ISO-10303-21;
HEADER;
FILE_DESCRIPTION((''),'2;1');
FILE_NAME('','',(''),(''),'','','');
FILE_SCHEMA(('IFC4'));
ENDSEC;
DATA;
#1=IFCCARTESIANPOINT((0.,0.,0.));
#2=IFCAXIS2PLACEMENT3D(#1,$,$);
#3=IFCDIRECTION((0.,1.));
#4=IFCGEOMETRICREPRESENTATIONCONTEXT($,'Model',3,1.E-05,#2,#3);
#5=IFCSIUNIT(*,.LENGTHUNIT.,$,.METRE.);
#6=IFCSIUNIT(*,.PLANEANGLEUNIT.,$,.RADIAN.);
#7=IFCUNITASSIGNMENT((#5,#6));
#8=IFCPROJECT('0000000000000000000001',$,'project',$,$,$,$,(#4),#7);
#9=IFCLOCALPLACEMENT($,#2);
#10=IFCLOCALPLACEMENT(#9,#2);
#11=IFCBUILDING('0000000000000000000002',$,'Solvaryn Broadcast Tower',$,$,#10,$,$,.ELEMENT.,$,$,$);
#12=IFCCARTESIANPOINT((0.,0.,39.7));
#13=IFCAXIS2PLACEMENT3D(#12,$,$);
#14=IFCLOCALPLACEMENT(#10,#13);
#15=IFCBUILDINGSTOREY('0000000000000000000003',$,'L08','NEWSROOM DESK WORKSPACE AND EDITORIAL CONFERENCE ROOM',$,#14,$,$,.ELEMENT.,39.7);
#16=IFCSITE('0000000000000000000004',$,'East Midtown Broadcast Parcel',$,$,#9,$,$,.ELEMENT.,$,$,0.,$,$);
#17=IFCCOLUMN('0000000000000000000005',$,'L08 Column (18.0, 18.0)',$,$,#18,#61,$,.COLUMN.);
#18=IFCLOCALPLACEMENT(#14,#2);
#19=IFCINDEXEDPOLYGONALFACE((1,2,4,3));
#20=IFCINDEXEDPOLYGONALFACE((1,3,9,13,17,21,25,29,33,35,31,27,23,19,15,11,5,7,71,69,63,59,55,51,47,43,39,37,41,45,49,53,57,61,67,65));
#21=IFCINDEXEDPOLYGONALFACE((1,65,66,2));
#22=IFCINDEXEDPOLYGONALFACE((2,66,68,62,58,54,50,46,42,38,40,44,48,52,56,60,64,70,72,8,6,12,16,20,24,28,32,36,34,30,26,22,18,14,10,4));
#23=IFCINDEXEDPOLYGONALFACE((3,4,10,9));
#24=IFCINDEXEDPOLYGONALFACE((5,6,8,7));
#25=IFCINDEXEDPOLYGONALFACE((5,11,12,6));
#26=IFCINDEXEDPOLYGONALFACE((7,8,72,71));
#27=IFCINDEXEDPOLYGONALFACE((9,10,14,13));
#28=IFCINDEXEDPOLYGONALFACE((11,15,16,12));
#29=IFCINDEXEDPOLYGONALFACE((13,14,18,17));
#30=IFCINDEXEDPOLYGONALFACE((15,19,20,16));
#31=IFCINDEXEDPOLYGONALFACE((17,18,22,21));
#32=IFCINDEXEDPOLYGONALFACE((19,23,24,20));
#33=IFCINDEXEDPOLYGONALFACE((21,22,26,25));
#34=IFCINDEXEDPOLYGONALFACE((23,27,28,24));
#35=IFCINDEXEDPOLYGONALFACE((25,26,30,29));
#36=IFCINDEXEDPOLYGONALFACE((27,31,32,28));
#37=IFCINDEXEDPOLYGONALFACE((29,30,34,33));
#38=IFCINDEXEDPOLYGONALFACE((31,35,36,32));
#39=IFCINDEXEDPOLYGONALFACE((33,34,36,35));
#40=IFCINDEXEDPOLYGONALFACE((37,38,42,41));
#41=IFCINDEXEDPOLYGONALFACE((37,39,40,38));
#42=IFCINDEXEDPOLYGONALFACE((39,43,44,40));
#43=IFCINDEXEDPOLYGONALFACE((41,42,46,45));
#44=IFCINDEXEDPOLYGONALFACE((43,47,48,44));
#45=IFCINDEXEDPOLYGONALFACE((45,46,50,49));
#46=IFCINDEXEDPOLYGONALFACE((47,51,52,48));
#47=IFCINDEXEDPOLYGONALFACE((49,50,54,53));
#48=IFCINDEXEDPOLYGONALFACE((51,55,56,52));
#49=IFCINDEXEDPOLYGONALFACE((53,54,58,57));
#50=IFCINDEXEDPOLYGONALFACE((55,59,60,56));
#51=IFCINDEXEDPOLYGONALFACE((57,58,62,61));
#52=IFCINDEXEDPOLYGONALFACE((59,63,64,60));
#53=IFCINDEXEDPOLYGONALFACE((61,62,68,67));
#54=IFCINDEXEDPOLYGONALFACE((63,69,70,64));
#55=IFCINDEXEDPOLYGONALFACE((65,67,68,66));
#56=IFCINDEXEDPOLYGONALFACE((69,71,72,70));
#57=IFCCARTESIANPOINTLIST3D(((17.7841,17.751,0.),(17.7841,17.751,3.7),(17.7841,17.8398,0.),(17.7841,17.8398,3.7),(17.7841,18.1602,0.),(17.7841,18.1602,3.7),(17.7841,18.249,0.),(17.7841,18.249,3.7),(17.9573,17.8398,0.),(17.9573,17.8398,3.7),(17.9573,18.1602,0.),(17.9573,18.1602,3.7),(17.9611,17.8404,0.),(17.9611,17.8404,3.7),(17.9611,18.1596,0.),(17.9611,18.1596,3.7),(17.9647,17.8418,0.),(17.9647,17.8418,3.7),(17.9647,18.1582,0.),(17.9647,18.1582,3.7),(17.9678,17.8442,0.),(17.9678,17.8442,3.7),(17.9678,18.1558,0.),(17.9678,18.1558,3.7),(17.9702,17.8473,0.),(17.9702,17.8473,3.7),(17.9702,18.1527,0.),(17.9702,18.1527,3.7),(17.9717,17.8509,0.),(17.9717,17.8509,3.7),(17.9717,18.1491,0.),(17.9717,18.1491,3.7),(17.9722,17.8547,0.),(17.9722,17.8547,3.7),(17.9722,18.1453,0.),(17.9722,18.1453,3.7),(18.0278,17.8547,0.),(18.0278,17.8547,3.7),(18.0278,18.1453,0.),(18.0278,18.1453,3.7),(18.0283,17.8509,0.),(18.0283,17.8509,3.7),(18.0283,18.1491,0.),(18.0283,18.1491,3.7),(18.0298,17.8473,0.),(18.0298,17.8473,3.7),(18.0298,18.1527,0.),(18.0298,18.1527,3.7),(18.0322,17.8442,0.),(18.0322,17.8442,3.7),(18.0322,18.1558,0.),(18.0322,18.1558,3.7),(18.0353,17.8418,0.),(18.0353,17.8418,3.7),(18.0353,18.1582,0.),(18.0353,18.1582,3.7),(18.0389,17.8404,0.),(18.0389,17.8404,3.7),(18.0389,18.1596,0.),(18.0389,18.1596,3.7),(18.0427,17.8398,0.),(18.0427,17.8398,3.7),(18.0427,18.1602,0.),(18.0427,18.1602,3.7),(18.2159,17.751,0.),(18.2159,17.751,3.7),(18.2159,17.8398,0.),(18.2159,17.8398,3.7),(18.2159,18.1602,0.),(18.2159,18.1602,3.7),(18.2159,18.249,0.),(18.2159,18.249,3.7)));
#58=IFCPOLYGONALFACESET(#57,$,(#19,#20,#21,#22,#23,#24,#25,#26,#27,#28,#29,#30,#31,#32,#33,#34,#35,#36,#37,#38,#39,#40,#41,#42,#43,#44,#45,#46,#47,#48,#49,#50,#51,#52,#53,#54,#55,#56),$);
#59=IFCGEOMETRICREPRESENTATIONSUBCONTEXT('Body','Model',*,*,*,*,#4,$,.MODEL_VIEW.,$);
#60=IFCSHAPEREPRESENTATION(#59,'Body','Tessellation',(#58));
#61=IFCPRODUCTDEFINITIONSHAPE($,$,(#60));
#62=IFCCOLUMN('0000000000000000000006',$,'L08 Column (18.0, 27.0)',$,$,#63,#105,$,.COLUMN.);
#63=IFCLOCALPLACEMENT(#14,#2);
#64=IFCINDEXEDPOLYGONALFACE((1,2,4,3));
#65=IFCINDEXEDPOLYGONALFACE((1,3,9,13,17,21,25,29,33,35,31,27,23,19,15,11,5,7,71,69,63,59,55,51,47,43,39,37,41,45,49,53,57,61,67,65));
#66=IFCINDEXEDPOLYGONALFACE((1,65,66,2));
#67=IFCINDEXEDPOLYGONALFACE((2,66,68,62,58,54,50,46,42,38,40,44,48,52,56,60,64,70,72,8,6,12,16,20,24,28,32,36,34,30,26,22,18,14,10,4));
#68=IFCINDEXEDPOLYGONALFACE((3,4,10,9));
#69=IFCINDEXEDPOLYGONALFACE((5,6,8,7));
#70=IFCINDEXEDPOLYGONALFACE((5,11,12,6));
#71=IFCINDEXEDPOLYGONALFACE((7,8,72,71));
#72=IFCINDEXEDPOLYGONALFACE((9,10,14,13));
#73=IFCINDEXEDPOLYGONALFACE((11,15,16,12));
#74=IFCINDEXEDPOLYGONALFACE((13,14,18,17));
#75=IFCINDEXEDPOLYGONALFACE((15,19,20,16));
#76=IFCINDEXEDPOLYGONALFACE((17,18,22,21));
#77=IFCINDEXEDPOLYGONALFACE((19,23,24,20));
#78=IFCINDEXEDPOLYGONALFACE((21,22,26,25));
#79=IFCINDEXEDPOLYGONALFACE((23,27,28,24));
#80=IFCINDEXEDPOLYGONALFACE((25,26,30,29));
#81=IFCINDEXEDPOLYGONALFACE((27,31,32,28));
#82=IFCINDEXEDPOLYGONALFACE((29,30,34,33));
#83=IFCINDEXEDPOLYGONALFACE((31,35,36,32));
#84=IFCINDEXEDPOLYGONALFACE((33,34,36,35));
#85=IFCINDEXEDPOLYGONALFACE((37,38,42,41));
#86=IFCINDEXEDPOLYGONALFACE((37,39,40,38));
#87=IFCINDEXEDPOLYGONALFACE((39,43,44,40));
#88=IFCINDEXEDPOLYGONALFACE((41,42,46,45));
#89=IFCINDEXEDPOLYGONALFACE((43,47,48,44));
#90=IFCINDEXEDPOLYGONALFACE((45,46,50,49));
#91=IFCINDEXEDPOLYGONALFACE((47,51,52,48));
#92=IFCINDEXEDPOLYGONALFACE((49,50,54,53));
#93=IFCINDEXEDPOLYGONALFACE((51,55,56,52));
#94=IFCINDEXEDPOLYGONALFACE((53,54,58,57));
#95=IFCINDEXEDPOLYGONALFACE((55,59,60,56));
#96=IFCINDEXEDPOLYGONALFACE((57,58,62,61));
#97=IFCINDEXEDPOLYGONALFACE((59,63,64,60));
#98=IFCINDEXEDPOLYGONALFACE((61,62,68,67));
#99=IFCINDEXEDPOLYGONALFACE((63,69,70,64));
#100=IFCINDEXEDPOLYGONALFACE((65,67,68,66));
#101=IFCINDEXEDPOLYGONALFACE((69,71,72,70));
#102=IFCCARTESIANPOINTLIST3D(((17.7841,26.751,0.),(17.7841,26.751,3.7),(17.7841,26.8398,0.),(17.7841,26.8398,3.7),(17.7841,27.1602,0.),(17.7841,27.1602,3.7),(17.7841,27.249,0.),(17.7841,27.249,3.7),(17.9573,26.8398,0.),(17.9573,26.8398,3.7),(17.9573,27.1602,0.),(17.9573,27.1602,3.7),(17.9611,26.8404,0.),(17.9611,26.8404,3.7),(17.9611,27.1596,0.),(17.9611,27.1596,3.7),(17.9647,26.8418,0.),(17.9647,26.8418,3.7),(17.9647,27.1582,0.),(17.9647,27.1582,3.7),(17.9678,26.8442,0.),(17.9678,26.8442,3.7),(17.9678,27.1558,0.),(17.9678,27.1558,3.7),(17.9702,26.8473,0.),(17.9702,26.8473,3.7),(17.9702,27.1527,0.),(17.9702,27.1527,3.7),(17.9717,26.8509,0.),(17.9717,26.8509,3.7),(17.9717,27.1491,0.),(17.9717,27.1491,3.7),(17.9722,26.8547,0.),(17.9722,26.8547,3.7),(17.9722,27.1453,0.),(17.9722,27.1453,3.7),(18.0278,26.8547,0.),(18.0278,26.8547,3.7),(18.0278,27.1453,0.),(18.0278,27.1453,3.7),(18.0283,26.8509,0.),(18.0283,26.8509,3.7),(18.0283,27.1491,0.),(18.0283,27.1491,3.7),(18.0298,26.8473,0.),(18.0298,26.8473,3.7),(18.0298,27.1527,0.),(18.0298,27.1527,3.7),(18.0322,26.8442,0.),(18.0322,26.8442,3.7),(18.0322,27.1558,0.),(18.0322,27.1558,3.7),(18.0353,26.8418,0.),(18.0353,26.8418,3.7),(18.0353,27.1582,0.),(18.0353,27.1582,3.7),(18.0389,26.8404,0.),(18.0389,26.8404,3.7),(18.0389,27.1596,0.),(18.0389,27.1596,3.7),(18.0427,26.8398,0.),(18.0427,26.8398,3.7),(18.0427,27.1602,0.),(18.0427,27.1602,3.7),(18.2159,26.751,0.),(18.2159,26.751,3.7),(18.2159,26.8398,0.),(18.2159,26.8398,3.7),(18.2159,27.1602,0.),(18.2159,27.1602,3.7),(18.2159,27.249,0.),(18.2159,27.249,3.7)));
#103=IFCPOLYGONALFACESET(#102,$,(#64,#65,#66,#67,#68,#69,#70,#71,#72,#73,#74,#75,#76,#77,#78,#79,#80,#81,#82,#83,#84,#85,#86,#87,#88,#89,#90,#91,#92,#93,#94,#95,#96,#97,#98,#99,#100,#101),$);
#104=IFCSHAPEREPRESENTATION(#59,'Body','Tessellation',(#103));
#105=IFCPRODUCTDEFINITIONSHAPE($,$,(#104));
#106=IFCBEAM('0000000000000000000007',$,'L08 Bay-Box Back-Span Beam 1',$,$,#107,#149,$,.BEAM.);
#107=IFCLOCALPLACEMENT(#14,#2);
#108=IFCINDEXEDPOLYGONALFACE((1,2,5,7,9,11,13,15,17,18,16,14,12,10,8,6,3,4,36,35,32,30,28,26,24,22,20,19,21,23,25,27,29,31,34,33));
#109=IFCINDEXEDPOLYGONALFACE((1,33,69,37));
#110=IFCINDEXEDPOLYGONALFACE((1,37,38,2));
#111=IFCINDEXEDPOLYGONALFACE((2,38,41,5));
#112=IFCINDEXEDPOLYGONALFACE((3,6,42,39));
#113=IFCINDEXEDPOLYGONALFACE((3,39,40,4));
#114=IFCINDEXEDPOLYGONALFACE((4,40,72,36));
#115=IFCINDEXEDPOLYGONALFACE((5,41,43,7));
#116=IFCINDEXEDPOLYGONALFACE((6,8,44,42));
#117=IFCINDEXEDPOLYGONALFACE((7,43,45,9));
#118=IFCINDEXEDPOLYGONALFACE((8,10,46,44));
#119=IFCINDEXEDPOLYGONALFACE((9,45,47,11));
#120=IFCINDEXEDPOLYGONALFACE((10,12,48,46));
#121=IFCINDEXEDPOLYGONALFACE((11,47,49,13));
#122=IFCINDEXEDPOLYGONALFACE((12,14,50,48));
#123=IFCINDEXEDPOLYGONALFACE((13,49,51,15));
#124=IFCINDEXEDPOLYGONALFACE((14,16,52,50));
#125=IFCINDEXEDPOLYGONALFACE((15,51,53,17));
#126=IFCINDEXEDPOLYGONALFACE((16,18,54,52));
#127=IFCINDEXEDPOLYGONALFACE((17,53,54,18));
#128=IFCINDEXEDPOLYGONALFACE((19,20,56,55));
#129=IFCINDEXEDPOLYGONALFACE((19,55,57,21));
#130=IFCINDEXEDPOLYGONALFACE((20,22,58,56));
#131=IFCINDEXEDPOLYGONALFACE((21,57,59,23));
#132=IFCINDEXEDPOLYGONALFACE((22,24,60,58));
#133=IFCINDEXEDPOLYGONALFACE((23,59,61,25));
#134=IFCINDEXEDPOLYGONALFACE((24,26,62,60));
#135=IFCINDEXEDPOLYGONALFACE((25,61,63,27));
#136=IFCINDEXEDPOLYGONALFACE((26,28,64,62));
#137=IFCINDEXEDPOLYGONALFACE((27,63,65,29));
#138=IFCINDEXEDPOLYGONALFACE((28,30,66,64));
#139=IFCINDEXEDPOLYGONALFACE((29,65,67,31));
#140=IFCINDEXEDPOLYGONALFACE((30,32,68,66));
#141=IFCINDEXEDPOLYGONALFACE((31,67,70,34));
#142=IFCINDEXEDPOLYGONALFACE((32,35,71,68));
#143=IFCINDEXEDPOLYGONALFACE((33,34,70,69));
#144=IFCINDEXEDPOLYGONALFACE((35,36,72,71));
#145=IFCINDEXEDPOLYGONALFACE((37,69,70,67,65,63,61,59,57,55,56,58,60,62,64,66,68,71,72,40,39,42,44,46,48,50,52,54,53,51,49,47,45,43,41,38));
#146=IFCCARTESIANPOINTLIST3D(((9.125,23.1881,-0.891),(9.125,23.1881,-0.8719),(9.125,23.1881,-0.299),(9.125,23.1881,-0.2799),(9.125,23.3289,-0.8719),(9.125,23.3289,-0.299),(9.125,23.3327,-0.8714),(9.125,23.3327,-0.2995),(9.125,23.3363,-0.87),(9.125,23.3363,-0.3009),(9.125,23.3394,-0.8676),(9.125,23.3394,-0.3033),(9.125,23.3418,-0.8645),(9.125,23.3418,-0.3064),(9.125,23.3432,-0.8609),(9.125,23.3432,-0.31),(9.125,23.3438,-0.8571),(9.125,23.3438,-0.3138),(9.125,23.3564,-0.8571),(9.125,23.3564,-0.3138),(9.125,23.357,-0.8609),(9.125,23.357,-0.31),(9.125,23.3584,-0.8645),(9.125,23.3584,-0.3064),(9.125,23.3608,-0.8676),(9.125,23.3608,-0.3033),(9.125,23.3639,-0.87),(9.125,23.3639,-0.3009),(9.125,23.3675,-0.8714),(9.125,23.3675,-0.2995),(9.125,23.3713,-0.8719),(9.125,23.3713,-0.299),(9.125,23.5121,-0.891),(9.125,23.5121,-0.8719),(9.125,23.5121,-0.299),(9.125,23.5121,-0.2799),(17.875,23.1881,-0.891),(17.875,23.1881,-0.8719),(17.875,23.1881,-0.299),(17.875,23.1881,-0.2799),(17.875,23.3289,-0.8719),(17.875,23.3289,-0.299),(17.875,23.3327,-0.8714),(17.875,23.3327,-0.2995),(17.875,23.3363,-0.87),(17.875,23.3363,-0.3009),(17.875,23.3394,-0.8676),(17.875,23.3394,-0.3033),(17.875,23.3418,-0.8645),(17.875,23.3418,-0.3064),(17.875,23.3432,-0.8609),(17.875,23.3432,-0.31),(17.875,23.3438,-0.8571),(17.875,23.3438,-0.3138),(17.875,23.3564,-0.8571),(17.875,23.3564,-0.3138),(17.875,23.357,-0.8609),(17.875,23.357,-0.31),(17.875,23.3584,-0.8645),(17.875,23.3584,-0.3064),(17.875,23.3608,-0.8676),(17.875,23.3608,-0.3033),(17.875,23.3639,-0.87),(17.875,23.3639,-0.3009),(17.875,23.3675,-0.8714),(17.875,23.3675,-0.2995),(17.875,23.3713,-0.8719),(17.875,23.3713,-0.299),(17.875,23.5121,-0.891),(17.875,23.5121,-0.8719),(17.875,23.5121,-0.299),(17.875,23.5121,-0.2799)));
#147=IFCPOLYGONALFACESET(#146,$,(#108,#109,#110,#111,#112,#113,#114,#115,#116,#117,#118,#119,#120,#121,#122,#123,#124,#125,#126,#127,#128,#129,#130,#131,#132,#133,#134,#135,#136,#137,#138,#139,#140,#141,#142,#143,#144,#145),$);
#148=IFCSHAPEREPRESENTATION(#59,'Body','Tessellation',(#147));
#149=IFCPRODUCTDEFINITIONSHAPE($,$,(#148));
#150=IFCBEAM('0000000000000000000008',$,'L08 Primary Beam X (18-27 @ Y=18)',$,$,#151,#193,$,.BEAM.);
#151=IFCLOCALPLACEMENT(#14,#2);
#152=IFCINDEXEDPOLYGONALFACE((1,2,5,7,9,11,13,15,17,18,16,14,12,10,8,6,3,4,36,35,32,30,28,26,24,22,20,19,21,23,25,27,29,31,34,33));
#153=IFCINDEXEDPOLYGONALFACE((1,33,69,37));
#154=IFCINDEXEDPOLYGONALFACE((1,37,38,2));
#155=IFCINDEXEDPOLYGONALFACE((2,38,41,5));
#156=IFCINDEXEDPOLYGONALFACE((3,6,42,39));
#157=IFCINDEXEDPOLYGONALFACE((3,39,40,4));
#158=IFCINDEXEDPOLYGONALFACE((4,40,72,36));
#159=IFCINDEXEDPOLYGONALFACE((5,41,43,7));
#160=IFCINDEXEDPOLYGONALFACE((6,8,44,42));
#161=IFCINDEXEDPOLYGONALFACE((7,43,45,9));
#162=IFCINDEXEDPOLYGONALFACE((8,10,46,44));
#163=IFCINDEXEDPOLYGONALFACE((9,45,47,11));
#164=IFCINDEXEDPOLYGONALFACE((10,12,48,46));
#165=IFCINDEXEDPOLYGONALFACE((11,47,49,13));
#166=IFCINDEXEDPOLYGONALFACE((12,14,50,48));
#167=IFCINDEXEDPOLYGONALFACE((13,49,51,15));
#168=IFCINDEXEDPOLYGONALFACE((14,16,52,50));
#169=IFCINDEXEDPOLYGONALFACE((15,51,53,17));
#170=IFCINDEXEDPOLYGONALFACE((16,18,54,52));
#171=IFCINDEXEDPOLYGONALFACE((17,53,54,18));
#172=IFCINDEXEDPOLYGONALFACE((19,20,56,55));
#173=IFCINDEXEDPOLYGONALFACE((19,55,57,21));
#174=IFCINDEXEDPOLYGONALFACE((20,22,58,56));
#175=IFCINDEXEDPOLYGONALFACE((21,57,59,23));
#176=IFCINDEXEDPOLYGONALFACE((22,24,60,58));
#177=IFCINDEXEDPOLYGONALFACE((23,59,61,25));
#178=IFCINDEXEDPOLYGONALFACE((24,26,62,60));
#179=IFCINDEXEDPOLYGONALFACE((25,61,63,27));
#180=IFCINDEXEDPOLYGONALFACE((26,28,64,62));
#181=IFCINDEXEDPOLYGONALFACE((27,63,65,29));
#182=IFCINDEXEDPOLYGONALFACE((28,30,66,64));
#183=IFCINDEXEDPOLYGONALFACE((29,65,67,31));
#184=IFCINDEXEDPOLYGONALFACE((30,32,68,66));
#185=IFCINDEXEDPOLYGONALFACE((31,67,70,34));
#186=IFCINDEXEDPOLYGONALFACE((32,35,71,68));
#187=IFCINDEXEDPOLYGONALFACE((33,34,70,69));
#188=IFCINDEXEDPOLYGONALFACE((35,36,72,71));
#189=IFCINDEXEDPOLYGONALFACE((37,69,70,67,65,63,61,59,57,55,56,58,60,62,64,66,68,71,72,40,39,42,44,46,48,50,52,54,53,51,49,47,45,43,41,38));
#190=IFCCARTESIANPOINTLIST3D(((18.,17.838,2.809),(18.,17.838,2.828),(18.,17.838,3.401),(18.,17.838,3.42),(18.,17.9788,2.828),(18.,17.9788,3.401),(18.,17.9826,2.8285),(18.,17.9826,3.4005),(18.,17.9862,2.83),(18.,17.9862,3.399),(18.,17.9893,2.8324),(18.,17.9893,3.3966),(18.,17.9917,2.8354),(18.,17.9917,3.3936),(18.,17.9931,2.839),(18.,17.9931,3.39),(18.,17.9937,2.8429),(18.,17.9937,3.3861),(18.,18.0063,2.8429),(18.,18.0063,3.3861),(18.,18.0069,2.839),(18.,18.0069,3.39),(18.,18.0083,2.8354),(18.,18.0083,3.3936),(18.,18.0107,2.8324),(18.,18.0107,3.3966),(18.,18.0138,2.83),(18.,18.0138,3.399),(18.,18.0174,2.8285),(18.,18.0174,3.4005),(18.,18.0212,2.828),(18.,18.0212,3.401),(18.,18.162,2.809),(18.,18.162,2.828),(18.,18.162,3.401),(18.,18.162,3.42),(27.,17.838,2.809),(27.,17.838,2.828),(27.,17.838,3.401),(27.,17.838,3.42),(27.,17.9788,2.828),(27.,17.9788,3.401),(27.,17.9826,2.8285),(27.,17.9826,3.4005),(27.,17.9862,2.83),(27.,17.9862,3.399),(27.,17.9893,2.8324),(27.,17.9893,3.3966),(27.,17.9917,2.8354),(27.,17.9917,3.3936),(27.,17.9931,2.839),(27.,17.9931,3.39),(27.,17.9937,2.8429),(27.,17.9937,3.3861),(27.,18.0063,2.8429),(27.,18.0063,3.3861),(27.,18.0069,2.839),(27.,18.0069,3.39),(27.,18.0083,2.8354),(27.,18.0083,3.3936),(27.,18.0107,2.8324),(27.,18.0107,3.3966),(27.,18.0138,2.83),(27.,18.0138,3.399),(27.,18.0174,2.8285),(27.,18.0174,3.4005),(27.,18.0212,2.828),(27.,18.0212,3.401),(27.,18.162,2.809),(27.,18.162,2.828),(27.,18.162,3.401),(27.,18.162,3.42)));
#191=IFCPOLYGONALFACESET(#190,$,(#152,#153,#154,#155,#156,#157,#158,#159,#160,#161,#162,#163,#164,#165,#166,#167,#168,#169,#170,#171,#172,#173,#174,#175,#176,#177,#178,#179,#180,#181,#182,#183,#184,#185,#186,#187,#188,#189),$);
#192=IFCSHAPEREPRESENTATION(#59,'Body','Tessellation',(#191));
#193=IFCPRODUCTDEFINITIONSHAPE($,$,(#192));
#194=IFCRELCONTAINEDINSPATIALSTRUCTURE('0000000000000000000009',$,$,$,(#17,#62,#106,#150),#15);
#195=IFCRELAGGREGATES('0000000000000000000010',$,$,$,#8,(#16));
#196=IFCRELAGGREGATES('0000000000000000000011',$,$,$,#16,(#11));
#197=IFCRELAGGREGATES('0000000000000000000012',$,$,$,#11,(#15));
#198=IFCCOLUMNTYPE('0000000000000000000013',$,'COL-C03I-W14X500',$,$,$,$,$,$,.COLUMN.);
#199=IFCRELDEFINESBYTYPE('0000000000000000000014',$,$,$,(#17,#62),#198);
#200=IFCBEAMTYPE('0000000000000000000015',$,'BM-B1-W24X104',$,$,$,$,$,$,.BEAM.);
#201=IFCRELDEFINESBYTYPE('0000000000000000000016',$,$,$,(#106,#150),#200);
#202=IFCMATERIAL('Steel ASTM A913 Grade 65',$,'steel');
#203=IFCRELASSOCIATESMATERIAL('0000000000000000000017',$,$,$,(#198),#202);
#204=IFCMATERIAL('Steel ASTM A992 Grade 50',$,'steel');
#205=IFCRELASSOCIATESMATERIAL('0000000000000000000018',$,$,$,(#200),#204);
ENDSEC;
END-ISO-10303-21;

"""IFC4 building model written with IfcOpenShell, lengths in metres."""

from ifc_helpers import new_model, si_unit, direction, frame, origin, origin_2d, place, context, subcontext, project, spatial, i_section, extrude, material, material_profile, profile_set, type_object, element, save


model = new_model("IFC4")

# Units and contexts
model_context = context("Model", 3, precision=1e-05, world=origin(), true_north=direction((0.0, 1.0)))
body_context = subcontext(model_context, "Body", "Model", "MODEL_VIEW")
ifc_project = project(units=[si_unit("LENGTHUNIT", "METRE"), si_unit("PLANEANGLEUNIT", "RADIAN")], contexts=[model_context])

# Site, building, storey
site_placement = place(None, origin())
site = spatial("IfcSite", under=ifc_project, at=site_placement, Name="East Midtown Broadcast Parcel", CompositionType="ELEMENT", RefElevation=0.0)
building_placement = place(site_placement, origin())
building = spatial("IfcBuilding", under=site, at=building_placement, Name="Solvaryn Broadcast Tower", CompositionType="ELEMENT")
storey_placement = place(building_placement, frame((0.0, 0.0, 39.7)))
storey = spatial("IfcBuildingStorey", under=building, at=storey_placement, Name="L08", Description="NEWSROOM DESK WORKSPACE AND EDITORIAL CONFERENCE ROOM", CompositionType="ELEMENT", Elevation=39.7)

# Columns
ifc_material_1 = material(Name="Steel ASTM A913 Grade 65", Category="steel")
ifc_material_profile_1 = material_profile(ifc_material_1, i_section(OverallWidth=0.4319, OverallDepth=0.498, WebThickness=0.0557, FlangeThickness=0.0889, FilletRadius=0.0149, at=origin_2d()))
ifc_profile_set_1 = profile_set([ifc_material_profile_1], Name="Steel ASTM A913 Grade 65")
column_type = type_object("IfcColumnType", Name="COL-C03I-W14X500", PredefinedType="COLUMN", material=ifc_profile_set_1)
for number, where, z_axis, x_axis, name in (
    (1, (18.0, 18.0, 0.0), (0.0, 0.0, 1.0), (1.0, 0.0, 0.0), "L08 Column (18.0, 18.0)"),
    (2, (18.0, 27.0, 0.0), (0.0, 0.0, 1.0), (1.0, 0.0, 0.0), "L08 Column (18.0, 27.0)"),
):
    element("IfcColumn", number, at=place(storey_placement, frame(where, z_axis=z_axis, x_axis=x_axis)), inside=storey, type_object=column_type, Name=name, PredefinedType="COLUMN", context=body_context, shape_type="SweptSolid", body=[
        extrude(i_section(OverallWidth=0.4319, OverallDepth=0.498, WebThickness=0.0557, FlangeThickness=0.0889, FilletRadius=0.0149, at=origin_2d()), origin(), (0.0, 0.0, 1.0), 3.7),
    ])

# Beams
ifc_material_2 = material(Name="Steel ASTM A992 Grade 50", Category="steel")
ifc_material_profile_2 = material_profile(ifc_material_2, i_section(OverallWidth=0.324, OverallDepth=0.6111, WebThickness=0.0127, FlangeThickness=0.019, FilletRadius=0.0149, at=origin_2d()))
ifc_profile_set_2 = profile_set([ifc_material_profile_2], Name="Steel ASTM A992 Grade 50")
beam_type_1 = type_object("IfcBeamType", Name="BM-B1-W24X104", PredefinedType="BEAM", material=ifc_profile_set_2)
beam_1_placement = place(storey_placement, frame((17.875, 23.3501, -0.5854), z_axis=(-1.0, 0.0, 0.0), x_axis=(0.0, -1.0, 0.0)))
element("IfcBeam", 3, at=beam_1_placement, inside=storey, type_object=beam_type_1, Name="L08 Bay-Box Back-Span Beam 1", PredefinedType="BEAM", context=body_context, shape_type="SweptSolid", body=[
    extrude(i_section(OverallWidth=0.324, OverallDepth=0.6111, WebThickness=0.0127, FlangeThickness=0.019, FilletRadius=0.0149, at=origin_2d()), origin(), (0.0, 0.0, 1.0), 8.75),
])
for number, where, z_axis, x_axis, name in (
    (4, (18.0, 18.0, 3.1145), (1.0, 0.0, 0.0), (0.0, 1.0, 0.0), "L08 Primary Beam X (18-27 @ Y=18)"),
):
    element("IfcBeam", number, at=place(storey_placement, frame(where, z_axis=z_axis, x_axis=x_axis)), inside=storey, type_object=beam_type_1, Name=name, PredefinedType="BEAM", context=body_context, shape_type="SweptSolid", body=[
        extrude(i_section(OverallWidth=0.324, OverallDepth=0.6111, WebThickness=0.0127, FlangeThickness=0.019, FilletRadius=0.0149, at=origin_2d()), origin(), (0.0, 0.0, 1.0), 9.0),
    ])

save(model, "model.ifc")
